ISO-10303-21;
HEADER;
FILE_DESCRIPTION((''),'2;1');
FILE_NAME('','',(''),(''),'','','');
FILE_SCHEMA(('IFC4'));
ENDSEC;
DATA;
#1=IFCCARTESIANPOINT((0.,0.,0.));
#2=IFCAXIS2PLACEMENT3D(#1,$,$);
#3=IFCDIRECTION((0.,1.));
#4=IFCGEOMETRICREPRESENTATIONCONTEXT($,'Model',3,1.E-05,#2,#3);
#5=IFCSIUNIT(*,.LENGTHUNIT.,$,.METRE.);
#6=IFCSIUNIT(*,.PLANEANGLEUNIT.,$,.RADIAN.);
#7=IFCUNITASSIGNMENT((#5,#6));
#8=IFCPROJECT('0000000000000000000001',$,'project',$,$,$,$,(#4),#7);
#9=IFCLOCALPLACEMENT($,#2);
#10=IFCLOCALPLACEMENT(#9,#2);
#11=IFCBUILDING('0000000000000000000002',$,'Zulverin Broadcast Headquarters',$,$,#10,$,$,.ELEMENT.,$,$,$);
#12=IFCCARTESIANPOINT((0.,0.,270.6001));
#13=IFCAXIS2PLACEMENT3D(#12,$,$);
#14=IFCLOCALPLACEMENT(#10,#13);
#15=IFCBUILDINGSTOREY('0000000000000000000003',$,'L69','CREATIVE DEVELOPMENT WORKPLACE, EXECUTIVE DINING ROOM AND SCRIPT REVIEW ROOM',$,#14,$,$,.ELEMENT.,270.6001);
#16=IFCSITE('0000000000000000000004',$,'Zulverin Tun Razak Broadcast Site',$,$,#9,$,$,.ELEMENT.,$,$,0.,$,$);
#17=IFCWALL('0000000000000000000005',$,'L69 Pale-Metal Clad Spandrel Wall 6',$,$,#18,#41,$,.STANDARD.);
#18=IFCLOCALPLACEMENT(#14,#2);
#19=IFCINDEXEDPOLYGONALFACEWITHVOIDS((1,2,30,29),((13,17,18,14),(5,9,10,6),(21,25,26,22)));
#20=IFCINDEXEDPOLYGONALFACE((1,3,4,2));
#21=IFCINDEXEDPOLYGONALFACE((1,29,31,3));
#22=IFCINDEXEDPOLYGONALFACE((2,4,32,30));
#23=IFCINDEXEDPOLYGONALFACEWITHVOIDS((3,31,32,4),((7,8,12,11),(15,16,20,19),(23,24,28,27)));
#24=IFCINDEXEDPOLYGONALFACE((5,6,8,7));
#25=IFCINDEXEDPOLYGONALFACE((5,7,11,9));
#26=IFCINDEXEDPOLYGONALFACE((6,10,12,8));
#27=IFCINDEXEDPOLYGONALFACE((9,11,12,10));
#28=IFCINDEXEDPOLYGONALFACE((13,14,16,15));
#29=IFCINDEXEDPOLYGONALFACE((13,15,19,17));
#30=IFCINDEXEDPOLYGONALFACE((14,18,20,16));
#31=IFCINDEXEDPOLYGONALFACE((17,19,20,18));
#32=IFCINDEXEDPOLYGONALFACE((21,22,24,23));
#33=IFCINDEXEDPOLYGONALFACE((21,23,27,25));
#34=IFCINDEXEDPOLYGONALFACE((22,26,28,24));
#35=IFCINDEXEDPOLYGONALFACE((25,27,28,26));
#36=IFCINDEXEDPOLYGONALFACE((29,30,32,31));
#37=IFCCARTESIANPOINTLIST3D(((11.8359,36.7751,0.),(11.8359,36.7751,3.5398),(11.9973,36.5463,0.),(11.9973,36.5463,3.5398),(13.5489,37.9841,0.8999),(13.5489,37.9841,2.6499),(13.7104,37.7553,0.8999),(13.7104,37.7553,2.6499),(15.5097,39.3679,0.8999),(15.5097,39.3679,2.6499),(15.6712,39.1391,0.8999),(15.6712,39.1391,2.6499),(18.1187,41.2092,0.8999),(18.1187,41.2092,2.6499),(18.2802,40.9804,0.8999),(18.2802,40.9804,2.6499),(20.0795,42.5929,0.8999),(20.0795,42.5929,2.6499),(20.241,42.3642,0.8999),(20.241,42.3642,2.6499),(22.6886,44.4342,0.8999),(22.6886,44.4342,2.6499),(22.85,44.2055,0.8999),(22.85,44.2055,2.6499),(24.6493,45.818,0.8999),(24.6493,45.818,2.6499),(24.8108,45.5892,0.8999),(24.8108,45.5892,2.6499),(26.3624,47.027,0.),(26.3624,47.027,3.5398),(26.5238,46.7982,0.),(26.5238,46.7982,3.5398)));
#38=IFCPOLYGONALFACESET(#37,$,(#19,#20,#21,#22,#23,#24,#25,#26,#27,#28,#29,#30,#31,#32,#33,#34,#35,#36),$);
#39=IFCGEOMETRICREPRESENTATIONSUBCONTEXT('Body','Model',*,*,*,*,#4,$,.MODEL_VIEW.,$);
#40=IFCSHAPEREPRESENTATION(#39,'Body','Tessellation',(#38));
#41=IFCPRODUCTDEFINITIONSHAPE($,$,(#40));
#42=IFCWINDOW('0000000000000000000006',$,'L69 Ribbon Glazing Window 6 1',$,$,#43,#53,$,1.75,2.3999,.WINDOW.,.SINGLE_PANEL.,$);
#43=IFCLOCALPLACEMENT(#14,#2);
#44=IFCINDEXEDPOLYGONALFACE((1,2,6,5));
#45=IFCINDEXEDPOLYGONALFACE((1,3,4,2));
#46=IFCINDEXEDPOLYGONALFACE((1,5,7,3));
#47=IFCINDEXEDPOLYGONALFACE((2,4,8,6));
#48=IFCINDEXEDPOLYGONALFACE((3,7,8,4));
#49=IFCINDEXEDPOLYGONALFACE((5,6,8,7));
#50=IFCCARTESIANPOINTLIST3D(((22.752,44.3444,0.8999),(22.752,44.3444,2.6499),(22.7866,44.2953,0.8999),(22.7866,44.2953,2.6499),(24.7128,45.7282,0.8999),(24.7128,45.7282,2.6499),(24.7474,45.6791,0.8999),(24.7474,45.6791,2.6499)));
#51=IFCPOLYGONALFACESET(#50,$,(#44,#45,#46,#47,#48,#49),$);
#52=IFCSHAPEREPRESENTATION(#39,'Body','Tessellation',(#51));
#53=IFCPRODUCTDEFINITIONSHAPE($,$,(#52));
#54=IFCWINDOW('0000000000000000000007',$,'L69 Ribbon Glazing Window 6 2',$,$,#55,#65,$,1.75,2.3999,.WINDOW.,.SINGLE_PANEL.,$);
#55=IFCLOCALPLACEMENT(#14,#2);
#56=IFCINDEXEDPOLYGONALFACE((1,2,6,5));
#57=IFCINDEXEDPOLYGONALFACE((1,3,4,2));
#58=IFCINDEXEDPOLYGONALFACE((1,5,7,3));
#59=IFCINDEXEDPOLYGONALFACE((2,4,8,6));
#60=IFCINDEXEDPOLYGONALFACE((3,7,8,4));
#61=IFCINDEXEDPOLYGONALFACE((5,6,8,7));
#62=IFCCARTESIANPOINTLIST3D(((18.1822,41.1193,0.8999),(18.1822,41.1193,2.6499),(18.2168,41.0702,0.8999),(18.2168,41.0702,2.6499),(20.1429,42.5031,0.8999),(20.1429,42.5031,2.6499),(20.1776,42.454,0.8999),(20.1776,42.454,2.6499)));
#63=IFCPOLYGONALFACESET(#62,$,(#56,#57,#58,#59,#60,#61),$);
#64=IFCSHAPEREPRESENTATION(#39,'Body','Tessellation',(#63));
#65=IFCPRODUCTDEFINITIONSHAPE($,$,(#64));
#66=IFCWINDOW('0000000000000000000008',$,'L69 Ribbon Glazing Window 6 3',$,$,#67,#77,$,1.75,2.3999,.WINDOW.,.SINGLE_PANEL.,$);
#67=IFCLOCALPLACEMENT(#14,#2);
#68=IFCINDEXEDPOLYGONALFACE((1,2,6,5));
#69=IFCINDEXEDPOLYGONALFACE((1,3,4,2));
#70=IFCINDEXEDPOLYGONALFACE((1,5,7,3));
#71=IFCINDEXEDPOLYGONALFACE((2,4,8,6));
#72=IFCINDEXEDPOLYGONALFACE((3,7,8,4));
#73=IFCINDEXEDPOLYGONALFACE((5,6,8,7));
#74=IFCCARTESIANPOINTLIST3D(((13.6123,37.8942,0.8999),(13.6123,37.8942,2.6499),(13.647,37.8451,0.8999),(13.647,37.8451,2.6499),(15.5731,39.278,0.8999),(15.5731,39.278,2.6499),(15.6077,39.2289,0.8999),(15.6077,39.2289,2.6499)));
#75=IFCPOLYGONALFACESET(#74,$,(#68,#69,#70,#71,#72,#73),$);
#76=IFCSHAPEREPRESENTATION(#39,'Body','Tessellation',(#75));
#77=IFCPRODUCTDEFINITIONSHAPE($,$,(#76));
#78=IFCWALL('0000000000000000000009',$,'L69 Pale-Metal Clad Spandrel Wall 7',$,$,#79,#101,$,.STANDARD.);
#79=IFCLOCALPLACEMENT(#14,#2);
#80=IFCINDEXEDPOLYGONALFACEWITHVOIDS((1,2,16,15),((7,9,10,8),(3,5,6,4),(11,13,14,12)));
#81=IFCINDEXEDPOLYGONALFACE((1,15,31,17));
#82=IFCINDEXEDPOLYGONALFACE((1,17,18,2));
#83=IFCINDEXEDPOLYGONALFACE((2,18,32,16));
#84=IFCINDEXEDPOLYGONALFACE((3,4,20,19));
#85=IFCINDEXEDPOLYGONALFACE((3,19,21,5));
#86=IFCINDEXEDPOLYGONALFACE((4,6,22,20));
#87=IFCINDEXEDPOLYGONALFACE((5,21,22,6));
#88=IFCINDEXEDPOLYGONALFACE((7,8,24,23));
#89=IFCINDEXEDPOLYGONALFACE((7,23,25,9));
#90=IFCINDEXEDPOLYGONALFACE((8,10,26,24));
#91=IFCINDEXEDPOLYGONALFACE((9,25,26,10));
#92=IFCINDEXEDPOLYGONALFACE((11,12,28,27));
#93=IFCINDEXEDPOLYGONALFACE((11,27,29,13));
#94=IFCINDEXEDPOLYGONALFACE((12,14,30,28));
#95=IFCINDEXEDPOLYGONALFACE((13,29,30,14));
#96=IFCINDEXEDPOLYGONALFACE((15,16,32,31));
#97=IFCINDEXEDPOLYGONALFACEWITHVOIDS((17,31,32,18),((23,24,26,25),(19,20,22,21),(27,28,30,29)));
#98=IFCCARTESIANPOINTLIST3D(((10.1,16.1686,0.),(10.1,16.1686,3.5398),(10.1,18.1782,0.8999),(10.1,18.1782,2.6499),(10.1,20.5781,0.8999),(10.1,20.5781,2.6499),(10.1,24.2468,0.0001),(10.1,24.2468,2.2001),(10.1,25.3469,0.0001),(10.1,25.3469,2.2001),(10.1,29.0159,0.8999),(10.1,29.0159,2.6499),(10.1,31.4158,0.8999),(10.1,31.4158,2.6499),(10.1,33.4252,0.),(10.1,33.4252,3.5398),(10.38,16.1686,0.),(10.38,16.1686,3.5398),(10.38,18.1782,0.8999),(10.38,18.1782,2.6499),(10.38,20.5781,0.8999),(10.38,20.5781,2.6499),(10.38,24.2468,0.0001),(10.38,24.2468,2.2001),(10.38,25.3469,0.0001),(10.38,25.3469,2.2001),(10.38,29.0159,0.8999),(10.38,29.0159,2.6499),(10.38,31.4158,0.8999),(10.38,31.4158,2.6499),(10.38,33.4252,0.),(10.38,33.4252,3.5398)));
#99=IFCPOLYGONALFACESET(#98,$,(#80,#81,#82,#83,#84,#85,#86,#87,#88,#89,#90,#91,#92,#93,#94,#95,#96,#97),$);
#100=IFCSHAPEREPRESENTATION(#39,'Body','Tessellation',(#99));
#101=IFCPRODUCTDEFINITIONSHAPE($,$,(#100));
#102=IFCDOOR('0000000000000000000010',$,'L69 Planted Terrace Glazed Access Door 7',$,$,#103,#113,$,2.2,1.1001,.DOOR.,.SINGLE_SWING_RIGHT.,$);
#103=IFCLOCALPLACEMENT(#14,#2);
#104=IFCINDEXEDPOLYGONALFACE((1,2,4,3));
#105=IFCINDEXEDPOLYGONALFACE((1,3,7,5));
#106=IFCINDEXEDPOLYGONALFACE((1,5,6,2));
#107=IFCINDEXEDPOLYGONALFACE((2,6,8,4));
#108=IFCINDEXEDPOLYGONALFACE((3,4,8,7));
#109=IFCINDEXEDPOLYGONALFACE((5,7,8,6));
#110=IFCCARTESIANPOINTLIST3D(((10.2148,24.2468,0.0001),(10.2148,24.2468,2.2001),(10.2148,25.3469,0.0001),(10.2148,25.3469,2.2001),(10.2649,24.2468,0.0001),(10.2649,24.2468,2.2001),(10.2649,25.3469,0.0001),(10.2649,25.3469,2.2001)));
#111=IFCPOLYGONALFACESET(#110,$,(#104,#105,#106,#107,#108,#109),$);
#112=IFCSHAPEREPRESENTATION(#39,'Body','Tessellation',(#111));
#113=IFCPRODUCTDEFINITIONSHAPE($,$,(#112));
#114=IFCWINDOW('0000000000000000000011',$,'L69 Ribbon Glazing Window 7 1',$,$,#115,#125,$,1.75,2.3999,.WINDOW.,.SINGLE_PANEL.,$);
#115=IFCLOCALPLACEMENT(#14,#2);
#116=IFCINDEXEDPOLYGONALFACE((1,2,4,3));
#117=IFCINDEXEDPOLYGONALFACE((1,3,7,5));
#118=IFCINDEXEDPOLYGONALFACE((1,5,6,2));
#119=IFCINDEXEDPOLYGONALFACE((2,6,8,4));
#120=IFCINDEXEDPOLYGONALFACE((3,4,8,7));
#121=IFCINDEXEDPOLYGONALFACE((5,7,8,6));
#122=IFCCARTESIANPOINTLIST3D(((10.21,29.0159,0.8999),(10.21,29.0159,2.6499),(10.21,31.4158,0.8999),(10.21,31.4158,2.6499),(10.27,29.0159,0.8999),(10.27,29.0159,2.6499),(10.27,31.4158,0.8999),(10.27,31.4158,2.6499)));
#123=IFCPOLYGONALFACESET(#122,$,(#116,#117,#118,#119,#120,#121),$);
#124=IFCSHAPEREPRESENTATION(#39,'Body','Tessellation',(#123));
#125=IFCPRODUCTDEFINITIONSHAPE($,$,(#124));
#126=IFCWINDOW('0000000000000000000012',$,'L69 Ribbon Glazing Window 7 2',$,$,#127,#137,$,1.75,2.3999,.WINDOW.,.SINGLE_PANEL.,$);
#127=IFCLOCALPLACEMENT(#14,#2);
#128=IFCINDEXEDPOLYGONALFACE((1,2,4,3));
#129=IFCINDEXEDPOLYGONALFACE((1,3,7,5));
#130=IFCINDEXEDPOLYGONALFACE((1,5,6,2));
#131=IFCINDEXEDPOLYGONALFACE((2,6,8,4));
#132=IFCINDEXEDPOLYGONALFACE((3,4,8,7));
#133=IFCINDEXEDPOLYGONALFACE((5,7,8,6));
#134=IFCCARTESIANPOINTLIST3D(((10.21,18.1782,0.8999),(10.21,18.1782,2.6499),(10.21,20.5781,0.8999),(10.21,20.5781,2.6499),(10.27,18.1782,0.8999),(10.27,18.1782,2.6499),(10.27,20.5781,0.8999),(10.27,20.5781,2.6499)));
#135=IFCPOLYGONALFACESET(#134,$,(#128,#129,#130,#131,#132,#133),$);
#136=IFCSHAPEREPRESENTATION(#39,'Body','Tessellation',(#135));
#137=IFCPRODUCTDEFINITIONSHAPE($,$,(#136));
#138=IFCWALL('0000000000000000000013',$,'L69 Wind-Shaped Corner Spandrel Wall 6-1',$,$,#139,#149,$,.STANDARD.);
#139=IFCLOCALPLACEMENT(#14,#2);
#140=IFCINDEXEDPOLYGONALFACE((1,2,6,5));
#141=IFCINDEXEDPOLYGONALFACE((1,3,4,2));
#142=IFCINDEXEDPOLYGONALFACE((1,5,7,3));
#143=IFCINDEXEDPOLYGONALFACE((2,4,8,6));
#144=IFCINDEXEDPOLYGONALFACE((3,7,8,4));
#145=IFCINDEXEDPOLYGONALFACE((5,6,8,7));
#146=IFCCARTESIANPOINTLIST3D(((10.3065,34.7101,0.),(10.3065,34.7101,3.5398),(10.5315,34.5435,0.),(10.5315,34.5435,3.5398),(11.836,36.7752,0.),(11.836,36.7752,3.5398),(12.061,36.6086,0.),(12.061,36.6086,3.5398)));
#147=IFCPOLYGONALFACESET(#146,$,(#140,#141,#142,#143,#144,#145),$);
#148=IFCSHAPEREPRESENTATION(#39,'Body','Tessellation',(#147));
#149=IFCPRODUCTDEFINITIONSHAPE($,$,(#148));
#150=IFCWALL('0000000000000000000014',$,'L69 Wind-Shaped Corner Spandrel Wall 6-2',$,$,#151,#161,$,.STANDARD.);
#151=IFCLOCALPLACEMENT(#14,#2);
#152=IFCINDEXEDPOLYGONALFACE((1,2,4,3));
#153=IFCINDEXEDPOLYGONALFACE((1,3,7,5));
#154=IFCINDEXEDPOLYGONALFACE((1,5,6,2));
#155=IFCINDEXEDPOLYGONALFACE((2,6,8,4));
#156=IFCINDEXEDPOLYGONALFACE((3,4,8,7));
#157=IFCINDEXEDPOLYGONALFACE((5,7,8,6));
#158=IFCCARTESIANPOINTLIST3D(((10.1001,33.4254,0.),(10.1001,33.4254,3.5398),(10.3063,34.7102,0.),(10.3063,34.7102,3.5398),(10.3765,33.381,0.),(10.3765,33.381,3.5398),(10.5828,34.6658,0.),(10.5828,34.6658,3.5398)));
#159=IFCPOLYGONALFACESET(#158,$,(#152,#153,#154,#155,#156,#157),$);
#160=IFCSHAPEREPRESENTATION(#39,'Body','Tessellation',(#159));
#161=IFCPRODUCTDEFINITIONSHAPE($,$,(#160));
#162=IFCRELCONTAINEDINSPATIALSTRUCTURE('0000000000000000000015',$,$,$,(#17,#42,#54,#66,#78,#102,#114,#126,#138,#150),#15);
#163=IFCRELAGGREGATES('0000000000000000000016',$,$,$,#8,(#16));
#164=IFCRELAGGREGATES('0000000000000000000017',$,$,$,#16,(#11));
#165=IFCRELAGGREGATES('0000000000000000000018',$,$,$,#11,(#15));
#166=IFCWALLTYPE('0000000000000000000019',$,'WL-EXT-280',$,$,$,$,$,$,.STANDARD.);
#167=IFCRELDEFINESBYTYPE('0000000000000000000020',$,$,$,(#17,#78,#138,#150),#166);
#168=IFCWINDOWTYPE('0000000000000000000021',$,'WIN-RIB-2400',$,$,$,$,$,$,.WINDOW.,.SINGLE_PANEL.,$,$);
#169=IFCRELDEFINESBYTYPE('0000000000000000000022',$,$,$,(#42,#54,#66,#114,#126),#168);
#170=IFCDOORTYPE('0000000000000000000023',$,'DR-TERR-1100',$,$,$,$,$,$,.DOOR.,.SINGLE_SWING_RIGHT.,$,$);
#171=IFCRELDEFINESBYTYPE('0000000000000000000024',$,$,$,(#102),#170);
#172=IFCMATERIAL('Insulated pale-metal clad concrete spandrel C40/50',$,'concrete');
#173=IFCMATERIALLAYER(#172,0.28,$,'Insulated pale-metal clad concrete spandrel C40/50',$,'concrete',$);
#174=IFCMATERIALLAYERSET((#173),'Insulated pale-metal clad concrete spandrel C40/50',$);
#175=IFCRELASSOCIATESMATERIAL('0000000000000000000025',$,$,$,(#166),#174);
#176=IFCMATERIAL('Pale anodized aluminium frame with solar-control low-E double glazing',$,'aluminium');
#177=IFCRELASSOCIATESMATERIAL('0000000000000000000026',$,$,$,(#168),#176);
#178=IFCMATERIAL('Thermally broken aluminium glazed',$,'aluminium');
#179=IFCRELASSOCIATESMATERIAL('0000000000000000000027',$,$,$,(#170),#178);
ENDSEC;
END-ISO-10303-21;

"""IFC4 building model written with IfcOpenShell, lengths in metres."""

from ifc_helpers import new_model, si_unit, direction, frame, frame_2d, origin, place, context, subcontext, project, spatial, rectangle, extrude, material, layer, layer_set, type_object, element, fill, save


model = new_model("IFC4")

# Units and contexts
model_context = context("Model", 3, precision=1e-05, world=origin(), true_north=direction((0.0, 1.0)))
body_context = subcontext(model_context, "Body", "Model", "MODEL_VIEW")
ifc_project = project(units=[si_unit("LENGTHUNIT", "METRE"), si_unit("PLANEANGLEUNIT", "RADIAN")], contexts=[model_context])

# Site, building, storey
site_placement = place(None, origin())
site = spatial("IfcSite", under=ifc_project, at=site_placement, Name="Zulverin Tun Razak Broadcast Site", CompositionType="ELEMENT", RefElevation=0.0)
building_placement = place(site_placement, origin())
building = spatial("IfcBuilding", under=site, at=building_placement, Name="Zulverin Broadcast Headquarters", CompositionType="ELEMENT")
storey_placement = place(building_placement, frame((0.0, 0.0, 270.6001)))
storey = spatial("IfcBuildingStorey", under=building, at=storey_placement, Name="L69", Description="CREATIVE DEVELOPMENT WORKPLACE, EXECUTIVE DINING ROOM AND SCRIPT REVIEW ROOM", CompositionType="ELEMENT", Elevation=270.6001)

# Wall, openings, windows
ifc_material_1 = material(Name="Insulated pale-metal clad concrete spandrel C40/50", Category="concrete")
ifc_layer_1 = layer(ifc_material_1, 0.28, Name="Insulated pale-metal clad concrete spandrel C40/50", Category="concrete")
ifc_layer_set_1 = layer_set([ifc_layer_1], Name="Insulated pale-metal clad concrete spandrel C40/50")
wall_type_1 = type_object("IfcWallType", Name="WL-EXT-280", PredefinedType="STANDARD", material=ifc_layer_set_1)
wall_1_placement = place(storey_placement, frame((26.4431, 46.9126, 0.0), z_axis=(0.0, 0.0, 1.0), x_axis=(-0.817024, -0.576603, 0.0)))
wall_1 = element("IfcWall", 1, at=wall_1_placement, inside=storey, type_object=wall_type_1, Name="L69 Pale-Metal Clad Spandrel Wall 6", PredefinedType="STANDARD", context=body_context, shape_type="SweptSolid", body=[
    extrude(rectangle(XDim=17.7798, YDim=0.28, at=frame_2d((8.8899, 0.0))), origin(), (0.0, 0.0, 1.0), 3.5398),
])
opening_1_placement = place(wall_1_placement, frame((2.0967, 0.0, 0.8999)))
opening_1 = element("IfcOpeningElement", 2, at=opening_1_placement, cuts=wall_1, PredefinedType="OPENING", context=body_context, shape_type="SweptSolid", body=[
    extrude(rectangle(XDim=2.3999, YDim=1.75, at=frame_2d((1.2, 0.875))), frame((0.0, 0.1499, 0.0), z_axis=(0.0, -1.0, 0.0), x_axis=(1.0, 0.0, 0.0)), (0.0, 0.0, 1.0), 0.3),
])
opening_2_placement = place(wall_1_placement, frame((7.6899, 0.0, 0.8999)))
opening_2 = element("IfcOpeningElement", 3, at=opening_2_placement, cuts=wall_1, PredefinedType="OPENING", context=body_context, shape_type="SweptSolid", body=[
    extrude(rectangle(XDim=2.3999, YDim=1.75, at=frame_2d((1.2, 0.875))), frame((0.0, 0.1499, 0.0), z_axis=(0.0, -1.0, 0.0), x_axis=(1.0, 0.0, 0.0)), (0.0, 0.0, 1.0), 0.3),
])
opening_3_placement = place(wall_1_placement, frame((13.2832, 0.0, 0.8999)))
opening_3 = element("IfcOpeningElement", 4, at=opening_3_placement, cuts=wall_1, PredefinedType="OPENING", context=body_context, shape_type="SweptSolid", body=[
    extrude(rectangle(XDim=2.3999, YDim=1.75, at=frame_2d((1.2, 0.875))), frame((0.0, 0.1499, 0.0), z_axis=(0.0, -1.0, 0.0), x_axis=(1.0, 0.0, 0.0)), (0.0, 0.0, 1.0), 0.3),
])
ifc_material_2 = material(Name="Pale anodized aluminium frame with solar-control low-E double glazing", Category="aluminium")
window_type = type_object("IfcWindowType", Name="WIN-RIB-2400", PartitioningType="SINGLE_PANEL", PredefinedType="WINDOW", material=ifc_material_2)
window_1_placement = place(opening_1_placement, origin())
window_1 = element("IfcWindow", 5, at=window_1_placement, inside=storey, type_object=window_type, Name="L69 Ribbon Glazing Window 6 1", OverallHeight=1.75, OverallWidth=2.3999, PartitioningType="SINGLE_PANEL", PredefinedType="WINDOW", context=body_context, shape_type="SweptSolid", body=[
    extrude(rectangle(XDim=2.3999, YDim=1.75, at=frame_2d((1.2, 0.875))), frame((0.0, 0.03, 0.0), z_axis=(0.0, -1.0, 0.0), x_axis=(1.0, 0.0, 0.0)), (0.0, 0.0, 1.0), 0.0601),
])
fill(opening_1, window_1)
window_2_placement = place(opening_2_placement, origin())
window_2 = element("IfcWindow", 6, at=window_2_placement, inside=storey, type_object=window_type, Name="L69 Ribbon Glazing Window 6 2", OverallHeight=1.75, OverallWidth=2.3999, PartitioningType="SINGLE_PANEL", PredefinedType="WINDOW", context=body_context, shape_type="SweptSolid", body=[
    extrude(rectangle(XDim=2.3999, YDim=1.75, at=frame_2d((1.2, 0.875))), frame((0.0, 0.03, 0.0), z_axis=(0.0, -1.0, 0.0), x_axis=(1.0, 0.0, 0.0)), (0.0, 0.0, 1.0), 0.0601),
])
fill(opening_2, window_2)
window_3_placement = place(opening_3_placement, origin())
window_3 = element("IfcWindow", 7, at=window_3_placement, inside=storey, type_object=window_type, Name="L69 Ribbon Glazing Window 6 3", OverallHeight=1.75, OverallWidth=2.3999, PartitioningType="SINGLE_PANEL", PredefinedType="WINDOW", context=body_context, shape_type="SweptSolid", body=[
    extrude(rectangle(XDim=2.3999, YDim=1.75, at=frame_2d((1.2, 0.875))), frame((0.0, 0.03, 0.0), z_axis=(0.0, -1.0, 0.0), x_axis=(1.0, 0.0, 0.0)), (0.0, 0.0, 1.0), 0.0601),
])
fill(opening_3, window_3)

# Wall, openings, door, windows
wall_2_placement = place(storey_placement, frame((10.24, 33.4253, 0.0), z_axis=(0.0, 0.0, 1.0), x_axis=(0.0, -1.0, 0.0)))
wall_2 = element("IfcWall", 8, at=wall_2_placement, inside=storey, type_object=wall_type_1, Name="L69 Pale-Metal Clad Spandrel Wall 7", PredefinedType="STANDARD", context=body_context, shape_type="SweptSolid", body=[
    extrude(rectangle(XDim=17.2566, YDim=0.28, at=frame_2d((8.6284, 0.0))), origin(), (0.0, 0.0, 1.0), 3.5398),
])
opening_4_placement = place(wall_2_placement, frame((8.0784, 0.0, 0.0)))
opening_4 = element("IfcOpeningElement", 9, at=opening_4_placement, cuts=wall_2, PredefinedType="OPENING", context=body_context, shape_type="SweptSolid", body=[
    extrude(rectangle(XDim=1.1001, YDim=2.2, at=frame_2d((0.55, 1.1001))), frame((0.0, 0.1499, 0.0), z_axis=(0.0, -1.0, 0.0), x_axis=(1.0, 0.0, 0.0)), (0.0, 0.0, 1.0), 0.3),
])
opening_5_placement = place(wall_2_placement, frame((2.0095, 0.0, 0.8999)))
opening_5 = element("IfcOpeningElement", 10, at=opening_5_placement, cuts=wall_2, PredefinedType="OPENING", context=body_context, shape_type="SweptSolid", body=[
    extrude(rectangle(XDim=2.3999, YDim=1.75, at=frame_2d((1.2, 0.875))), frame((0.0, 0.1499, 0.0), z_axis=(0.0, -1.0, 0.0), x_axis=(1.0, 0.0, 0.0)), (0.0, 0.0, 1.0), 0.3),
])
opening_6_placement = place(wall_2_placement, frame((12.8472, 0.0, 0.8999)))
opening_6 = element("IfcOpeningElement", 11, at=opening_6_placement, cuts=wall_2, PredefinedType="OPENING", context=body_context, shape_type="SweptSolid", body=[
    extrude(rectangle(XDim=2.3999, YDim=1.75, at=frame_2d((1.2, 0.875))), frame((0.0, 0.1499, 0.0), z_axis=(0.0, -1.0, 0.0), x_axis=(1.0, 0.0, 0.0)), (0.0, 0.0, 1.0), 0.3),
])
ifc_material_3 = material(Name="Thermally broken aluminium glazed", Category="aluminium")
door_type_1 = type_object("IfcDoorType", Name="DR-TERR-1100", OperationType="SINGLE_SWING_RIGHT", PredefinedType="DOOR", material=ifc_material_3)
door_1_placement = place(opening_4_placement, origin())
door_1 = element("IfcDoor", 12, at=door_1_placement, inside=storey, type_object=door_type_1, Name="L69 Planted Terrace Glazed Access Door 7", OperationType="SINGLE_SWING_RIGHT", OverallHeight=2.2, OverallWidth=1.1001, PredefinedType="DOOR", context=body_context, shape_type="SweptSolid", body=[
    extrude(rectangle(XDim=1.1001, YDim=2.2, at=frame_2d((0.55, 1.1001))), frame((0.0, 0.0249, 0.0), z_axis=(0.0, -1.0, 0.0), x_axis=(1.0, 0.0, 0.0)), (0.0, 0.0, 1.0), 0.05),
])
fill(opening_4, door_1)
window_4_placement = place(opening_5_placement, origin())
window_4 = element("IfcWindow", 13, at=window_4_placement, inside=storey, type_object=window_type, Name="L69 Ribbon Glazing Window 7 1", OverallHeight=1.75, OverallWidth=2.3999, PartitioningType="SINGLE_PANEL", PredefinedType="WINDOW", context=body_context, shape_type="SweptSolid", body=[
    extrude(rectangle(XDim=2.3999, YDim=1.75, at=frame_2d((1.2, 0.875))), frame((0.0, 0.03, 0.0), z_axis=(0.0, -1.0, 0.0), x_axis=(1.0, 0.0, 0.0)), (0.0, 0.0, 1.0), 0.0601),
])
fill(opening_5, window_4)
window_5_placement = place(opening_6_placement, origin())
window_5 = element("IfcWindow", 14, at=window_5_placement, inside=storey, type_object=window_type, Name="L69 Ribbon Glazing Window 7 2", OverallHeight=1.75, OverallWidth=2.3999, PartitioningType="SINGLE_PANEL", PredefinedType="WINDOW", context=body_context, shape_type="SweptSolid", body=[
    extrude(rectangle(XDim=2.3999, YDim=1.75, at=frame_2d((1.2, 0.875))), frame((0.0, 0.03, 0.0), z_axis=(0.0, -1.0, 0.0), x_axis=(1.0, 0.0, 0.0)), (0.0, 0.0, 1.0), 0.0601),
])
fill(opening_6, window_5)

# Walls
wall_3_placement = place(storey_placement, frame((11.9485, 36.6919, 0.0), z_axis=(0.0, 0.0, 1.0), x_axis=(-0.595171, -0.803599, 0.0)))
element("IfcWall", 15, at=wall_3_placement, inside=storey, type_object=wall_type_1, Name="L69 Wind-Shaped Corner Spandrel Wall 6-1", PredefinedType="STANDARD", context=body_context, shape_type="SweptSolid", body=[
    extrude(rectangle(XDim=2.5698, YDim=0.28, at=frame_2d((1.2849, 0.0))), origin(), (0.0, 0.0, 1.0), 3.5398),
])
wall_4_placement = place(storey_placement, frame((10.4446, 34.688, 0.0), z_axis=(0.0, 0.0, 1.0), x_axis=(-0.158525, -0.987355, 0.0)))
element("IfcWall", 16, at=wall_4_placement, inside=storey, type_object=wall_type_1, Name="L69 Wind-Shaped Corner Spandrel Wall 6-2", PredefinedType="STANDARD", context=body_context, shape_type="SweptSolid", body=[
    extrude(rectangle(XDim=1.3013, YDim=0.28, at=frame_2d((0.6506, 0.0))), origin(), (0.0, 0.0, 1.0), 3.5398),
])

save(model, "model.ifc")
